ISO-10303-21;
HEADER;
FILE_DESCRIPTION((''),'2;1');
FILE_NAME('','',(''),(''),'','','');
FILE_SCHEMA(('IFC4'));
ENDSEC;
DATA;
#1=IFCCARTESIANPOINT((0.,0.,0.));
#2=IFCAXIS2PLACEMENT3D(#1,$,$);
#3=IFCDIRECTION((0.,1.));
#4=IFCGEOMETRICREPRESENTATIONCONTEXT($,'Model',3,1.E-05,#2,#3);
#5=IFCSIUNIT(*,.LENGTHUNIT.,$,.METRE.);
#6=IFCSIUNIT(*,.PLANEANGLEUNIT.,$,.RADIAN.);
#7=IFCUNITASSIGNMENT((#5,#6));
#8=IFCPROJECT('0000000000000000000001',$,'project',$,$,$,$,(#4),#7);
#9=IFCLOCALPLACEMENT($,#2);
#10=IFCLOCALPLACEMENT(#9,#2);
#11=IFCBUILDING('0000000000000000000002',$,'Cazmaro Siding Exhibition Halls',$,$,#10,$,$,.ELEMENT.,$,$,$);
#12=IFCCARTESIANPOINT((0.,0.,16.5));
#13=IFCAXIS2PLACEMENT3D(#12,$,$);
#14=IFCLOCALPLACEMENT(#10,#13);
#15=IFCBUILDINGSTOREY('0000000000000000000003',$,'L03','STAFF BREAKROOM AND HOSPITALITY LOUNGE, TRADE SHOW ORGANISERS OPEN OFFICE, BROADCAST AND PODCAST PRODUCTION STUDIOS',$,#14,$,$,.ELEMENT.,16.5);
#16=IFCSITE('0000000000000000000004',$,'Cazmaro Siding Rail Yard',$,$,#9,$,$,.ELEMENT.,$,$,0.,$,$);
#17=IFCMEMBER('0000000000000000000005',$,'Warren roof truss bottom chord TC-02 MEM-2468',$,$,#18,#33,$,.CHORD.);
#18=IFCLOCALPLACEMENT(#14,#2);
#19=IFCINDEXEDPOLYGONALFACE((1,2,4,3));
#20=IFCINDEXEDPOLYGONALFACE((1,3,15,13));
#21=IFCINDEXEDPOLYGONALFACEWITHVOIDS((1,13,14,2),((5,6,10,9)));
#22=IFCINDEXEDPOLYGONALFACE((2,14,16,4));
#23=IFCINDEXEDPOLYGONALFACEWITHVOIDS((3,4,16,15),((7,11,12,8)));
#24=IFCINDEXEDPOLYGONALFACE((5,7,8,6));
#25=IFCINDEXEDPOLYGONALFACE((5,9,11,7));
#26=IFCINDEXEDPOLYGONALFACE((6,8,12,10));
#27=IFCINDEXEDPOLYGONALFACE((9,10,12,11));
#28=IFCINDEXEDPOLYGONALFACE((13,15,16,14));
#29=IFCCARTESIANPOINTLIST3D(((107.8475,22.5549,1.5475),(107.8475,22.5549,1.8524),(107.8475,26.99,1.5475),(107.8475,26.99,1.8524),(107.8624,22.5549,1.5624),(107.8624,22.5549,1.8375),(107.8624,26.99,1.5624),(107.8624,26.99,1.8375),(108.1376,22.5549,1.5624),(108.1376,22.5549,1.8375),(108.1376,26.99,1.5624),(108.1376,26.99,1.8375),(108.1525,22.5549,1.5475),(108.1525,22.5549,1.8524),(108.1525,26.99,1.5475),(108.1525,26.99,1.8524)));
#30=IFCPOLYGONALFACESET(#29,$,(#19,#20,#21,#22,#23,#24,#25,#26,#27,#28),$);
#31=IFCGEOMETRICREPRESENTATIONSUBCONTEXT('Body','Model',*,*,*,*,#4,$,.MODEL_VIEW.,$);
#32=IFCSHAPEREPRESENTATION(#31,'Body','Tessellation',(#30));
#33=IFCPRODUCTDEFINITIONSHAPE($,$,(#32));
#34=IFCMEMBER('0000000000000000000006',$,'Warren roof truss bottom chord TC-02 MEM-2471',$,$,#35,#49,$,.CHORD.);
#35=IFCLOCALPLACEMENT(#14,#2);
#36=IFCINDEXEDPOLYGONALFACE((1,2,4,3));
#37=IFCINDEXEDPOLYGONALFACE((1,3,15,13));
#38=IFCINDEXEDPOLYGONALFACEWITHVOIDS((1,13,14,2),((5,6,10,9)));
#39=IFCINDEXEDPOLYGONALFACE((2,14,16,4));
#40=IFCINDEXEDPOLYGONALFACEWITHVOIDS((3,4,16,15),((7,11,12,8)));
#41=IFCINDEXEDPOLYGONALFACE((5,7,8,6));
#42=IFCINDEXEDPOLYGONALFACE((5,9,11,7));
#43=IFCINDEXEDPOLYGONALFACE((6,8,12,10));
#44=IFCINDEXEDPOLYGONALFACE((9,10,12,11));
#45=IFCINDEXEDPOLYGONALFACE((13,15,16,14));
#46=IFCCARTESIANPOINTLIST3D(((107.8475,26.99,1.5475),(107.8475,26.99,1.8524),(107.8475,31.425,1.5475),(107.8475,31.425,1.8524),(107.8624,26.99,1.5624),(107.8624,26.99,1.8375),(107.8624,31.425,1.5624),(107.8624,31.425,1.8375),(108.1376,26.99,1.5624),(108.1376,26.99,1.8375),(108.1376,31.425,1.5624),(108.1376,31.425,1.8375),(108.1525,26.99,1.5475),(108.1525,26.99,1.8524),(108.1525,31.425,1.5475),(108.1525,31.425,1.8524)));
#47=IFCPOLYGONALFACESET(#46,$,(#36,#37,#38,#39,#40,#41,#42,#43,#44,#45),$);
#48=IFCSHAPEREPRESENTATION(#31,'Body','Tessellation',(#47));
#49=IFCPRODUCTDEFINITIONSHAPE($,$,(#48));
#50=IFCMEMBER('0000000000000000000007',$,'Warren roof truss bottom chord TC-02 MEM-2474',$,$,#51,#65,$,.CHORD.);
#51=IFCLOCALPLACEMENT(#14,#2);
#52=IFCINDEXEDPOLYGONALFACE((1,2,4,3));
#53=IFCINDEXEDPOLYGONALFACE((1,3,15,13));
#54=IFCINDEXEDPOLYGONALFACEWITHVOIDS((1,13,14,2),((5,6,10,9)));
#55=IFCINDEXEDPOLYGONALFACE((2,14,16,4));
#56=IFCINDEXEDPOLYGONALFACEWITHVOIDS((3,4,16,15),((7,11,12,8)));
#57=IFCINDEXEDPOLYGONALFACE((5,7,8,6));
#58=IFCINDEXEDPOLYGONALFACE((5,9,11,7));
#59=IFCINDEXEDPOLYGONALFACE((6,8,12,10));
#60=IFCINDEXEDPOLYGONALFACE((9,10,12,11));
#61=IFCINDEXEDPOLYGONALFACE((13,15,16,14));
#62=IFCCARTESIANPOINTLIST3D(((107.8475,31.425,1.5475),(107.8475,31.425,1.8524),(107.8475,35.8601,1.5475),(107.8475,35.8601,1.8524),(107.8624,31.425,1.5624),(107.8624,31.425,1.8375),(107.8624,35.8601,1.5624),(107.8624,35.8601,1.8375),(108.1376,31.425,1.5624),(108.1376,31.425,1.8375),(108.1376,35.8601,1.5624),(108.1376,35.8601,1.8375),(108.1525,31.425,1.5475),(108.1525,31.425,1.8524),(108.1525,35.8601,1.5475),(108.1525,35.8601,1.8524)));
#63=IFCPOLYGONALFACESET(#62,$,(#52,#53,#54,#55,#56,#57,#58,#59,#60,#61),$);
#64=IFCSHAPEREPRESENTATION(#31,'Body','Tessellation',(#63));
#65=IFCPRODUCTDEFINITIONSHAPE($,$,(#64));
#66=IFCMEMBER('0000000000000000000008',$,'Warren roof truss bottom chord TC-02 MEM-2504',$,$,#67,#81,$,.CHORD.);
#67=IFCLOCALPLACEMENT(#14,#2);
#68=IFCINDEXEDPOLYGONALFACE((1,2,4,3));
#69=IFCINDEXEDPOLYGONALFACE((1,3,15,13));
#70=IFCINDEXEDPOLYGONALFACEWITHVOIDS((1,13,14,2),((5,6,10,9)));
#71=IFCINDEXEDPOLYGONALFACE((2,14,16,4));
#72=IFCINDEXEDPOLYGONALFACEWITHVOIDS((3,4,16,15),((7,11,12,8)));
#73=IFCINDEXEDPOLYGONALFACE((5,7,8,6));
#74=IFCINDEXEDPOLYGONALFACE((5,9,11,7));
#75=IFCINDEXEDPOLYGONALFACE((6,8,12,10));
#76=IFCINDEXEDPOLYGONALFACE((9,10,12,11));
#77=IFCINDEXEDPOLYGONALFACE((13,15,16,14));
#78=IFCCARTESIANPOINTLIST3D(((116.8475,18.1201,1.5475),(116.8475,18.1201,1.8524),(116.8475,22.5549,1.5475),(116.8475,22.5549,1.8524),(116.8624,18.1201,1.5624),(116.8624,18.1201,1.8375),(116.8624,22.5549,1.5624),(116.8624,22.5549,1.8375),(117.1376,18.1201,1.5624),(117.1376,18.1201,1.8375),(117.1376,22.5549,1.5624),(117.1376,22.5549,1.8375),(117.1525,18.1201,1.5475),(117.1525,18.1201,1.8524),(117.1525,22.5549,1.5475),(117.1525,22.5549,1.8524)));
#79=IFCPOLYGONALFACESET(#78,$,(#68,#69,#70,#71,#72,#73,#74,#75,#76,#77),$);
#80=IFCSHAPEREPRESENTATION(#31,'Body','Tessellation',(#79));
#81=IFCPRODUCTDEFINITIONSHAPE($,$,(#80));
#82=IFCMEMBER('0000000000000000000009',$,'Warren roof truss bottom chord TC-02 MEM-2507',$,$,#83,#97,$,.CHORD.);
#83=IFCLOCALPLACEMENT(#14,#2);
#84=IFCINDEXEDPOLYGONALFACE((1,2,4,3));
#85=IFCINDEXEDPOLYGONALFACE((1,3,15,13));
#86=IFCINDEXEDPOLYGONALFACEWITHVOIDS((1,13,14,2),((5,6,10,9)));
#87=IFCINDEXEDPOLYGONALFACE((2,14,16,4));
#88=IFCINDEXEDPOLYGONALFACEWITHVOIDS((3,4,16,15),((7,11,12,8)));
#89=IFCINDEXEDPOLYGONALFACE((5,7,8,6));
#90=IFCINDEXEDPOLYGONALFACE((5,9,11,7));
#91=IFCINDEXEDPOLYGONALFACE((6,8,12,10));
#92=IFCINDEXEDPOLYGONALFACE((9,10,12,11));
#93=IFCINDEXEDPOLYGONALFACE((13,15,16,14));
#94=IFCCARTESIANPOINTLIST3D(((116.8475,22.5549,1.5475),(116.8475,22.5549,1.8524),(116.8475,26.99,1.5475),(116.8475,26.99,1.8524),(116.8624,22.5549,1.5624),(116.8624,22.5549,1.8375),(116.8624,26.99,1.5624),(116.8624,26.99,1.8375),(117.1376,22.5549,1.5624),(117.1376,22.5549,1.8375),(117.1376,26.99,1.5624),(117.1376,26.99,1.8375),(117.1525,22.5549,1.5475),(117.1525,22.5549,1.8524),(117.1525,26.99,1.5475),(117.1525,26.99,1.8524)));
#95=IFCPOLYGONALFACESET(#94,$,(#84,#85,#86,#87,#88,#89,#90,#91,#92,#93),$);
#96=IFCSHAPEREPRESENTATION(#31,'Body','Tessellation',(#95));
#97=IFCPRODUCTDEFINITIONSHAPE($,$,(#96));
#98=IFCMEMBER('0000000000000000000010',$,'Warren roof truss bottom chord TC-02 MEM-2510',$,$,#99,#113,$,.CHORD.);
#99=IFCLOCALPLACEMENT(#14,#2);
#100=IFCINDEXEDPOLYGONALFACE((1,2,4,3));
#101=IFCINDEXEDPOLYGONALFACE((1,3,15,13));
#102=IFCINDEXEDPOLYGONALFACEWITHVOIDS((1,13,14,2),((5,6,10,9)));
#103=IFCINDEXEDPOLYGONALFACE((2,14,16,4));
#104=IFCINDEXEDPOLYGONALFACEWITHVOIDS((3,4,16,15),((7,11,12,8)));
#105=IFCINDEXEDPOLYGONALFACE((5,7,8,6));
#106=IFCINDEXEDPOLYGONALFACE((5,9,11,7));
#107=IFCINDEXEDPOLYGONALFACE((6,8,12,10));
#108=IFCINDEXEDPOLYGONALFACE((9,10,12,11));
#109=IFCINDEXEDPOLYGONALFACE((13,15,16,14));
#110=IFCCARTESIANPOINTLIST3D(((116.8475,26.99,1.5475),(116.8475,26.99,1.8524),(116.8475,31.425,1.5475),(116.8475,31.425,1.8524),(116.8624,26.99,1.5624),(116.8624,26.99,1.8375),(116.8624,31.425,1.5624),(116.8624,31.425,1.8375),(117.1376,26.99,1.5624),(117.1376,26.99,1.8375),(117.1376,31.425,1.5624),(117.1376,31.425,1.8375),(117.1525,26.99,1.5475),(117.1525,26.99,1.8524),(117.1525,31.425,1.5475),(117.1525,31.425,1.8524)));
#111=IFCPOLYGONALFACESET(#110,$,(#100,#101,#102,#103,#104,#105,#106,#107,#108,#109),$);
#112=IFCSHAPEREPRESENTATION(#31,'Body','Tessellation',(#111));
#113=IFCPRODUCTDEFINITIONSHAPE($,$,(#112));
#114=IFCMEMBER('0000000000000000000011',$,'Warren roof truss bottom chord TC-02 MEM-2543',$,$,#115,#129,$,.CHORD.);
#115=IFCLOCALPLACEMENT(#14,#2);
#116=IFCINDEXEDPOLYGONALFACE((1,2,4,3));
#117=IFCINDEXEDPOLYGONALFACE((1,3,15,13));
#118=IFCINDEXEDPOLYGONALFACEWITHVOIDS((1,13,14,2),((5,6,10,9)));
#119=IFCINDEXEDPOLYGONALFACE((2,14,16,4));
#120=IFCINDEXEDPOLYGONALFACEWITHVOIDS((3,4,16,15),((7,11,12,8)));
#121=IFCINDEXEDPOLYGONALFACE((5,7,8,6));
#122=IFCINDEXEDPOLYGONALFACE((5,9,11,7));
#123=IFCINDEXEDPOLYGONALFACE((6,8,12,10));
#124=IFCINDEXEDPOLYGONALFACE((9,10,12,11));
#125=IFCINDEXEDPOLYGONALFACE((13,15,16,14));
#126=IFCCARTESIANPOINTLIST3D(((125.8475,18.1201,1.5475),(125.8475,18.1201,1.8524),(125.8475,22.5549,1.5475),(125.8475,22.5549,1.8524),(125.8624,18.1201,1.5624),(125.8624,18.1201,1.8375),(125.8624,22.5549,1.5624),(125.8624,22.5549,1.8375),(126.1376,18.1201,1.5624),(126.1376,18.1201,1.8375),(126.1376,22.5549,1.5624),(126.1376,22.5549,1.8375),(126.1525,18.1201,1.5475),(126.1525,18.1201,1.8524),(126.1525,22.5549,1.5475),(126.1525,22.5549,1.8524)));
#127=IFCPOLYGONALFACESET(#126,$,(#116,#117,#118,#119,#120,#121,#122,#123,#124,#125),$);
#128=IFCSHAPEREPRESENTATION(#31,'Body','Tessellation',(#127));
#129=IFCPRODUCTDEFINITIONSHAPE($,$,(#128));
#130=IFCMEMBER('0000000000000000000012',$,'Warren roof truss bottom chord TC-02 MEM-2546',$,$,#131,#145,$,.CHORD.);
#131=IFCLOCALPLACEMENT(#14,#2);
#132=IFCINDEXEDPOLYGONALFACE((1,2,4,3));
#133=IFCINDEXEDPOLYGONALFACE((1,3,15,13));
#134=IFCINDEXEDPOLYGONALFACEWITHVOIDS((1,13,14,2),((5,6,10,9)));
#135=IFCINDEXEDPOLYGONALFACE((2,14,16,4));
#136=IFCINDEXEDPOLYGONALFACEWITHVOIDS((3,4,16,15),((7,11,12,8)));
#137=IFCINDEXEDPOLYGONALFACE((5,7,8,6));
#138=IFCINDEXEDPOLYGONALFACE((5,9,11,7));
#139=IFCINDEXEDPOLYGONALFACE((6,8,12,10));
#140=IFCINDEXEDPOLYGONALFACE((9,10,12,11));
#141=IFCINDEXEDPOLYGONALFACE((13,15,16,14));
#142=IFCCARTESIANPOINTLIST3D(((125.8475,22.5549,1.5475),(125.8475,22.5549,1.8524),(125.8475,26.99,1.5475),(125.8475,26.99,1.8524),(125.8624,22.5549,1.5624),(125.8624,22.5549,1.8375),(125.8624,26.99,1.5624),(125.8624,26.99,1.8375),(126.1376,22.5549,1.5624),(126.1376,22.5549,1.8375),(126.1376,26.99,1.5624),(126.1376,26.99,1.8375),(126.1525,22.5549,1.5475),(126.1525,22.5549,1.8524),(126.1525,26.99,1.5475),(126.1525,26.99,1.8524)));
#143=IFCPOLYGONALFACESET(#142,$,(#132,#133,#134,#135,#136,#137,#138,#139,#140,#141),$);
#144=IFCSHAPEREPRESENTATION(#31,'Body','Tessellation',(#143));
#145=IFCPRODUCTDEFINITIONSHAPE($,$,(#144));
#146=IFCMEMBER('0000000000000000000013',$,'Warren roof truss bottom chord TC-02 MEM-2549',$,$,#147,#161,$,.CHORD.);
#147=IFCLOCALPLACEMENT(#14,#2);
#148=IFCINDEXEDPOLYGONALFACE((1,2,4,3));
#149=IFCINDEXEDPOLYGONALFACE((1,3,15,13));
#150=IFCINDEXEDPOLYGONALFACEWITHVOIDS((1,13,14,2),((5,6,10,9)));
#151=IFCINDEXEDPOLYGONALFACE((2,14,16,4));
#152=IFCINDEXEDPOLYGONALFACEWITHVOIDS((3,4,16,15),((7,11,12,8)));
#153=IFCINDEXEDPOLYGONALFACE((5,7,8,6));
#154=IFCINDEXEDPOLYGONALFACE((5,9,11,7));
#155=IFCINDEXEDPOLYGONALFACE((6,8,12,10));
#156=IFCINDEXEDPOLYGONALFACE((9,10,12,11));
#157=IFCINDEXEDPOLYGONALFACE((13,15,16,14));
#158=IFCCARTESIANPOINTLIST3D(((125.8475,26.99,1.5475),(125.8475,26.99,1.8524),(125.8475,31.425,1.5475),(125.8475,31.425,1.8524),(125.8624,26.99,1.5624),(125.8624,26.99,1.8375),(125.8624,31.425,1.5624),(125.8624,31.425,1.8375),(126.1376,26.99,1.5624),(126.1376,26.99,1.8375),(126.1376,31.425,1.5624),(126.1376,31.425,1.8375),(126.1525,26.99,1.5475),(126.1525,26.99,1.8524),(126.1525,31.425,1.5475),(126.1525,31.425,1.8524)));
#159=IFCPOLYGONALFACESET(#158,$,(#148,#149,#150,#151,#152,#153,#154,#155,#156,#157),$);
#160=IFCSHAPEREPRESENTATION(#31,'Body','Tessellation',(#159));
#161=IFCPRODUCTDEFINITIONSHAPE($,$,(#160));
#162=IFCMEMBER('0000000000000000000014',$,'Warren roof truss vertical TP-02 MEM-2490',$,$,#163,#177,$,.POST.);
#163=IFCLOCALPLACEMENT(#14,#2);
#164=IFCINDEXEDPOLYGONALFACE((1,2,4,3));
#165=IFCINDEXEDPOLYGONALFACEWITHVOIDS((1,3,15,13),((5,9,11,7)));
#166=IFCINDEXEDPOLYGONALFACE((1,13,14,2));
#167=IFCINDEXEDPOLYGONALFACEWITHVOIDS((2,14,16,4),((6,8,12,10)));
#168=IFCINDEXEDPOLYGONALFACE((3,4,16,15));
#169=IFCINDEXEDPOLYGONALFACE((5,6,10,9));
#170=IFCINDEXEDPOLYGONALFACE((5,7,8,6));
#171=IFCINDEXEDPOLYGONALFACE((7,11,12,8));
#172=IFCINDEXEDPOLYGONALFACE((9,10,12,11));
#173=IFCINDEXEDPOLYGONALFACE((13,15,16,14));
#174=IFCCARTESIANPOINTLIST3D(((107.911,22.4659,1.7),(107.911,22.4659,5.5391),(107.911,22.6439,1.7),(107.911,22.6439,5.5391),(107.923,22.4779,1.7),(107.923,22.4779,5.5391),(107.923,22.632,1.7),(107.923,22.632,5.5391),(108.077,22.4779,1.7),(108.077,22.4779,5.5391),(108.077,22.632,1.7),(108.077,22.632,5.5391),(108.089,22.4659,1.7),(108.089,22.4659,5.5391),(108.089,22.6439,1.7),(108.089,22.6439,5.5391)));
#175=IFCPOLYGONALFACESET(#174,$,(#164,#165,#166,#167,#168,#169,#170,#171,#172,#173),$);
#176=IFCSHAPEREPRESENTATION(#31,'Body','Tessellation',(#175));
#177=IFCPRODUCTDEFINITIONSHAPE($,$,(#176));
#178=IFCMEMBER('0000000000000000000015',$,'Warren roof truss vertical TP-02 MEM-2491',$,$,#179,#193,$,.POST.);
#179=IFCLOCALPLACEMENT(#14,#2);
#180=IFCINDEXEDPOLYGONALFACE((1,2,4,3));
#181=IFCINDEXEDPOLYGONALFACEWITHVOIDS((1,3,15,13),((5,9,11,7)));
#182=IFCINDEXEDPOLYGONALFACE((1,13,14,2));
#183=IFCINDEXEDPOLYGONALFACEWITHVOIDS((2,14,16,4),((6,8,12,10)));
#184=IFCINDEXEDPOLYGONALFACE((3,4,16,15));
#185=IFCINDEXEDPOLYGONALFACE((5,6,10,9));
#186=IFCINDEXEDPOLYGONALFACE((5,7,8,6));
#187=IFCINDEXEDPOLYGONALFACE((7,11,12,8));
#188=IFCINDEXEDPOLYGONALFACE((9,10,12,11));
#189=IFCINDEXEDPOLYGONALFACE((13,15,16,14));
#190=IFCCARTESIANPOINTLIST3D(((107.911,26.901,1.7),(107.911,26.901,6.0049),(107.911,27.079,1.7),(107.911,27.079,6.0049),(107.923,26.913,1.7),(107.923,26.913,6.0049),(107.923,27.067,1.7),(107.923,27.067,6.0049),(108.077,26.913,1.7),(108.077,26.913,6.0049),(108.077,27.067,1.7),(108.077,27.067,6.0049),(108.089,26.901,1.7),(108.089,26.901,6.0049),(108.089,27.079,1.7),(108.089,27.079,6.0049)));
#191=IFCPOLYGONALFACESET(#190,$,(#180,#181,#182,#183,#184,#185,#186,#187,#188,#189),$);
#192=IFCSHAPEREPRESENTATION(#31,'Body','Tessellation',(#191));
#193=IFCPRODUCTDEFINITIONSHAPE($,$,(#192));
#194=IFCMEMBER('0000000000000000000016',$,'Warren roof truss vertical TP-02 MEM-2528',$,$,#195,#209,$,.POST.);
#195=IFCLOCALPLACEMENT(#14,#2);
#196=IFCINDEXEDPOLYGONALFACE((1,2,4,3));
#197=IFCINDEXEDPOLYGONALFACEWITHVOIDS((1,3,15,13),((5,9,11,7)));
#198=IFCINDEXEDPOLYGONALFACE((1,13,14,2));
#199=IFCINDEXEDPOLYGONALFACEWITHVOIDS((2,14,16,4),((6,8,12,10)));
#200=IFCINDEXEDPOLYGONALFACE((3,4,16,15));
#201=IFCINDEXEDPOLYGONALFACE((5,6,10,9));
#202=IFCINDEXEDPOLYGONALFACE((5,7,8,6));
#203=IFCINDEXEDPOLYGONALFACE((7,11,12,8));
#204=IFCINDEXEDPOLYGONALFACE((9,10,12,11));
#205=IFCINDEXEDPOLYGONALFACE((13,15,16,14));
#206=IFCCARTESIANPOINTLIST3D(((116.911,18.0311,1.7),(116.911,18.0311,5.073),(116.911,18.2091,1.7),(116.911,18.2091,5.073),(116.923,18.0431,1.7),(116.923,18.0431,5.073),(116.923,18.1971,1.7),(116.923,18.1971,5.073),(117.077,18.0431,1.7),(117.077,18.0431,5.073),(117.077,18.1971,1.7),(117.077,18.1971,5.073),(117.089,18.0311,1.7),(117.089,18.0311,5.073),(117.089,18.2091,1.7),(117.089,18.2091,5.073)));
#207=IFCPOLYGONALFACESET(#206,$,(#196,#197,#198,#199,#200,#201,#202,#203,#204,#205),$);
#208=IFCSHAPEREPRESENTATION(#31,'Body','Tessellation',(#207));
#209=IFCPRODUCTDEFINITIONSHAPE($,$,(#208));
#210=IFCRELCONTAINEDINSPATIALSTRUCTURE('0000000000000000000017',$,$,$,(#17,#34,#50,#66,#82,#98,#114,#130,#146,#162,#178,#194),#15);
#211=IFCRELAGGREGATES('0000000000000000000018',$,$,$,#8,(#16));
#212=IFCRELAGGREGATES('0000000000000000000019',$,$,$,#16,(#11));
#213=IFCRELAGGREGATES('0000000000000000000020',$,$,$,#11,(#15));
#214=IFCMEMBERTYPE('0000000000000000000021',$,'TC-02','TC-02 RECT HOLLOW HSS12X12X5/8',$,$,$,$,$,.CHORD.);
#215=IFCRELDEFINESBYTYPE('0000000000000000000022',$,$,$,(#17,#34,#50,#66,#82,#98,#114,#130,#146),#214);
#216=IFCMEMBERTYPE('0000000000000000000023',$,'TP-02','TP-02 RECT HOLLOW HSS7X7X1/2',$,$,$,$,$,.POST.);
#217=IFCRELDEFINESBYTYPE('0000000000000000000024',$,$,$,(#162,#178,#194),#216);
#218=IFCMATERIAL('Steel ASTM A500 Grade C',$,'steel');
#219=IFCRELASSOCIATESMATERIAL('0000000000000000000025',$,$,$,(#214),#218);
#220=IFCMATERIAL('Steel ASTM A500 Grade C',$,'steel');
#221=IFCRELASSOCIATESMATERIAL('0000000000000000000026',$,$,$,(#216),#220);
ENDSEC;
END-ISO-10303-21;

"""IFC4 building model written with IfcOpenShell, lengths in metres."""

from ifc_helpers import new_model, si_unit, direction, frame, origin, origin_2d, place, context, subcontext, project, spatial, hollow_rectangle, extrude, material, material_profile, profile_set, type_object, element, save


model = new_model("IFC4")

# Units and contexts
model_context = context("Model", 3, precision=1e-05, world=origin(), true_north=direction((0.0, 1.0)))
body_context = subcontext(model_context, "Body", "Model", "MODEL_VIEW")
ifc_project = project(units=[si_unit("LENGTHUNIT", "METRE"), si_unit("PLANEANGLEUNIT", "RADIAN")], contexts=[model_context])

# Site, building, storey
site_placement = place(None, origin())
site = spatial("IfcSite", under=ifc_project, at=site_placement, Name="Cazmaro Siding Rail Yard", CompositionType="ELEMENT", RefElevation=0.0)
building_placement = place(site_placement, origin())
building = spatial("IfcBuilding", under=site, at=building_placement, Name="Cazmaro Siding Exhibition Halls", CompositionType="ELEMENT")
storey_placement = place(building_placement, frame((0.0, 0.0, 16.5)))
storey = spatial("IfcBuildingStorey", under=building, at=storey_placement, Name="L03", Description="STAFF BREAKROOM AND HOSPITALITY LOUNGE, TRADE SHOW ORGANISERS OPEN OFFICE, BROADCAST AND PODCAST PRODUCTION STUDIOS", CompositionType="ELEMENT", Elevation=16.5)

# Members
ifc_material_1 = material(Name="Steel ASTM A500 Grade C", Category="steel")
ifc_material_profile_1 = material_profile(ifc_material_1, hollow_rectangle(XDim=0.3049, YDim=0.3049, WallThickness=0.0149, at=origin_2d()), Name="HSS12X12X5/8")
ifc_profile_set_1 = profile_set([ifc_material_profile_1], Name="Steel ASTM A500 Grade C")
member_type_1 = type_object("IfcMemberType", Name="TC-02", Description="TC-02 RECT HOLLOW HSS12X12X5/8", PredefinedType="CHORD", material=ifc_profile_set_1)
for number, where, z_axis, x_axis, name in (
    (1, (108.0, 22.5549, 1.7), (0.0, 1.0, 0.0), (-1.0, 0.0, 0.0), "Warren roof truss bottom chord TC-02 MEM-2468"),
    (2, (108.0, 26.99, 1.7), (0.0, 1.0, 0.0), (-1.0, 0.0, 0.0), "Warren roof truss bottom chord TC-02 MEM-2471"),
    (3, (108.0, 31.425, 1.7), (0.0, 1.0, 0.0), (-1.0, 0.0, 0.0), "Warren roof truss bottom chord TC-02 MEM-2474"),
):
    element("IfcMember", number, at=place(storey_placement, frame(where, z_axis=z_axis, x_axis=x_axis)), inside=storey, type_object=member_type_1, Name=name, PredefinedType="CHORD", context=body_context, shape_type="SweptSolid", body=[
        extrude(hollow_rectangle(XDim=0.3049, YDim=0.3049, WallThickness=0.0149, at=origin_2d()), origin(), (0.0, 0.0, 1.0), 4.4351),
    ])
member_1_placement = place(storey_placement, frame((117.0, 18.1201, 1.7), z_axis=(0.0, 1.0, 0.0), x_axis=(-1.0, 0.0, 0.0)))
element("IfcMember", 4, at=member_1_placement, inside=storey, type_object=member_type_1, Name="Warren roof truss bottom chord TC-02 MEM-2504", PredefinedType="CHORD", context=body_context, shape_type="SweptSolid", body=[
    extrude(hollow_rectangle(XDim=0.3049, YDim=0.3049, WallThickness=0.0149, at=origin_2d()), origin(), (0.0, 0.0, 1.0), 4.4348),
])
for number, where, z_axis, x_axis, name in (
    (5, (117.0, 22.5549, 1.7), (0.0, 1.0, 0.0), (-1.0, 0.0, 0.0), "Warren roof truss bottom chord TC-02 MEM-2507"),
    (6, (117.0, 26.99, 1.7), (0.0, 1.0, 0.0), (-1.0, 0.0, 0.0), "Warren roof truss bottom chord TC-02 MEM-2510"),
):
    element("IfcMember", number, at=place(storey_placement, frame(where, z_axis=z_axis, x_axis=x_axis)), inside=storey, type_object=member_type_1, Name=name, PredefinedType="CHORD", context=body_context, shape_type="SweptSolid", body=[
        extrude(hollow_rectangle(XDim=0.3049, YDim=0.3049, WallThickness=0.0149, at=origin_2d()), origin(), (0.0, 0.0, 1.0), 4.4351),
    ])
member_2_placement = place(storey_placement, frame((126.0, 18.1201, 1.7), z_axis=(0.0, 1.0, 0.0), x_axis=(-1.0, 0.0, 0.0)))
element("IfcMember", 7, at=member_2_placement, inside=storey, type_object=member_type_1, Name="Warren roof truss bottom chord TC-02 MEM-2543", PredefinedType="CHORD", context=body_context, shape_type="SweptSolid", body=[
    extrude(hollow_rectangle(XDim=0.3049, YDim=0.3049, WallThickness=0.0149, at=origin_2d()), origin(), (0.0, 0.0, 1.0), 4.4348),
])
for number, where, z_axis, x_axis, name in (
    (8, (126.0, 22.5549, 1.7), (0.0, 1.0, 0.0), (-1.0, 0.0, 0.0), "Warren roof truss bottom chord TC-02 MEM-2546"),
    (9, (126.0, 26.99, 1.7), (0.0, 1.0, 0.0), (-1.0, 0.0, 0.0), "Warren roof truss bottom chord TC-02 MEM-2549"),
):
    element("IfcMember", number, at=place(storey_placement, frame(where, z_axis=z_axis, x_axis=x_axis)), inside=storey, type_object=member_type_1, Name=name, PredefinedType="CHORD", context=body_context, shape_type="SweptSolid", body=[
        extrude(hollow_rectangle(XDim=0.3049, YDim=0.3049, WallThickness=0.0149, at=origin_2d()), origin(), (0.0, 0.0, 1.0), 4.4351),
    ])
ifc_material_2 = material(Name="Steel ASTM A500 Grade C", Category="steel")
ifc_material_profile_2 = material_profile(ifc_material_2, hollow_rectangle(XDim=0.178, YDim=0.178, WallThickness=0.012, at=origin_2d()), Name="HSS7X7X1/2")
ifc_profile_set_2 = profile_set([ifc_material_profile_2], Name="Steel ASTM A500 Grade C")
member_type_2 = type_object("IfcMemberType", Name="TP-02", Description="TP-02 RECT HOLLOW HSS7X7X1/2", PredefinedType="POST", material=ifc_profile_set_2)
member_3_placement = place(storey_placement, frame((108.0, 22.5549, 1.7), z_axis=(0.0, 0.0, 1.0), x_axis=(1.0, 0.0, 0.0)))
element("IfcMember", 10, at=member_3_placement, inside=storey, type_object=member_type_2, Name="Warren roof truss vertical TP-02 MEM-2490", PredefinedType="POST", context=body_context, shape_type="SweptSolid", body=[
    extrude(hollow_rectangle(XDim=0.178, YDim=0.178, WallThickness=0.012, at=origin_2d()), origin(), (0.0, 0.0, 1.0), 3.8391),
])
member_4_placement = place(storey_placement, frame((108.0, 26.99, 1.7), z_axis=(0.0, 0.0, 1.0), x_axis=(1.0, 0.0, 0.0)))
element("IfcMember", 11, at=member_4_placement, inside=storey, type_object=member_type_2, Name="Warren roof truss vertical TP-02 MEM-2491", PredefinedType="POST", context=body_context, shape_type="SweptSolid", body=[
    extrude(hollow_rectangle(XDim=0.178, YDim=0.178, WallThickness=0.012, at=origin_2d()), origin(), (0.0, 0.0, 1.0), 4.3049),
])
member_5_placement = place(storey_placement, frame((117.0, 18.1201, 1.7), z_axis=(0.0, 0.0, 1.0), x_axis=(1.0, 0.0, 0.0)))
element("IfcMember", 12, at=member_5_placement, inside=storey, type_object=member_type_2, Name="Warren roof truss vertical TP-02 MEM-2528", PredefinedType="POST", context=body_context, shape_type="SweptSolid", body=[
    extrude(hollow_rectangle(XDim=0.178, YDim=0.178, WallThickness=0.012, at=origin_2d()), origin(), (0.0, 0.0, 1.0), 3.373),
])

save(model, "model.ifc")
